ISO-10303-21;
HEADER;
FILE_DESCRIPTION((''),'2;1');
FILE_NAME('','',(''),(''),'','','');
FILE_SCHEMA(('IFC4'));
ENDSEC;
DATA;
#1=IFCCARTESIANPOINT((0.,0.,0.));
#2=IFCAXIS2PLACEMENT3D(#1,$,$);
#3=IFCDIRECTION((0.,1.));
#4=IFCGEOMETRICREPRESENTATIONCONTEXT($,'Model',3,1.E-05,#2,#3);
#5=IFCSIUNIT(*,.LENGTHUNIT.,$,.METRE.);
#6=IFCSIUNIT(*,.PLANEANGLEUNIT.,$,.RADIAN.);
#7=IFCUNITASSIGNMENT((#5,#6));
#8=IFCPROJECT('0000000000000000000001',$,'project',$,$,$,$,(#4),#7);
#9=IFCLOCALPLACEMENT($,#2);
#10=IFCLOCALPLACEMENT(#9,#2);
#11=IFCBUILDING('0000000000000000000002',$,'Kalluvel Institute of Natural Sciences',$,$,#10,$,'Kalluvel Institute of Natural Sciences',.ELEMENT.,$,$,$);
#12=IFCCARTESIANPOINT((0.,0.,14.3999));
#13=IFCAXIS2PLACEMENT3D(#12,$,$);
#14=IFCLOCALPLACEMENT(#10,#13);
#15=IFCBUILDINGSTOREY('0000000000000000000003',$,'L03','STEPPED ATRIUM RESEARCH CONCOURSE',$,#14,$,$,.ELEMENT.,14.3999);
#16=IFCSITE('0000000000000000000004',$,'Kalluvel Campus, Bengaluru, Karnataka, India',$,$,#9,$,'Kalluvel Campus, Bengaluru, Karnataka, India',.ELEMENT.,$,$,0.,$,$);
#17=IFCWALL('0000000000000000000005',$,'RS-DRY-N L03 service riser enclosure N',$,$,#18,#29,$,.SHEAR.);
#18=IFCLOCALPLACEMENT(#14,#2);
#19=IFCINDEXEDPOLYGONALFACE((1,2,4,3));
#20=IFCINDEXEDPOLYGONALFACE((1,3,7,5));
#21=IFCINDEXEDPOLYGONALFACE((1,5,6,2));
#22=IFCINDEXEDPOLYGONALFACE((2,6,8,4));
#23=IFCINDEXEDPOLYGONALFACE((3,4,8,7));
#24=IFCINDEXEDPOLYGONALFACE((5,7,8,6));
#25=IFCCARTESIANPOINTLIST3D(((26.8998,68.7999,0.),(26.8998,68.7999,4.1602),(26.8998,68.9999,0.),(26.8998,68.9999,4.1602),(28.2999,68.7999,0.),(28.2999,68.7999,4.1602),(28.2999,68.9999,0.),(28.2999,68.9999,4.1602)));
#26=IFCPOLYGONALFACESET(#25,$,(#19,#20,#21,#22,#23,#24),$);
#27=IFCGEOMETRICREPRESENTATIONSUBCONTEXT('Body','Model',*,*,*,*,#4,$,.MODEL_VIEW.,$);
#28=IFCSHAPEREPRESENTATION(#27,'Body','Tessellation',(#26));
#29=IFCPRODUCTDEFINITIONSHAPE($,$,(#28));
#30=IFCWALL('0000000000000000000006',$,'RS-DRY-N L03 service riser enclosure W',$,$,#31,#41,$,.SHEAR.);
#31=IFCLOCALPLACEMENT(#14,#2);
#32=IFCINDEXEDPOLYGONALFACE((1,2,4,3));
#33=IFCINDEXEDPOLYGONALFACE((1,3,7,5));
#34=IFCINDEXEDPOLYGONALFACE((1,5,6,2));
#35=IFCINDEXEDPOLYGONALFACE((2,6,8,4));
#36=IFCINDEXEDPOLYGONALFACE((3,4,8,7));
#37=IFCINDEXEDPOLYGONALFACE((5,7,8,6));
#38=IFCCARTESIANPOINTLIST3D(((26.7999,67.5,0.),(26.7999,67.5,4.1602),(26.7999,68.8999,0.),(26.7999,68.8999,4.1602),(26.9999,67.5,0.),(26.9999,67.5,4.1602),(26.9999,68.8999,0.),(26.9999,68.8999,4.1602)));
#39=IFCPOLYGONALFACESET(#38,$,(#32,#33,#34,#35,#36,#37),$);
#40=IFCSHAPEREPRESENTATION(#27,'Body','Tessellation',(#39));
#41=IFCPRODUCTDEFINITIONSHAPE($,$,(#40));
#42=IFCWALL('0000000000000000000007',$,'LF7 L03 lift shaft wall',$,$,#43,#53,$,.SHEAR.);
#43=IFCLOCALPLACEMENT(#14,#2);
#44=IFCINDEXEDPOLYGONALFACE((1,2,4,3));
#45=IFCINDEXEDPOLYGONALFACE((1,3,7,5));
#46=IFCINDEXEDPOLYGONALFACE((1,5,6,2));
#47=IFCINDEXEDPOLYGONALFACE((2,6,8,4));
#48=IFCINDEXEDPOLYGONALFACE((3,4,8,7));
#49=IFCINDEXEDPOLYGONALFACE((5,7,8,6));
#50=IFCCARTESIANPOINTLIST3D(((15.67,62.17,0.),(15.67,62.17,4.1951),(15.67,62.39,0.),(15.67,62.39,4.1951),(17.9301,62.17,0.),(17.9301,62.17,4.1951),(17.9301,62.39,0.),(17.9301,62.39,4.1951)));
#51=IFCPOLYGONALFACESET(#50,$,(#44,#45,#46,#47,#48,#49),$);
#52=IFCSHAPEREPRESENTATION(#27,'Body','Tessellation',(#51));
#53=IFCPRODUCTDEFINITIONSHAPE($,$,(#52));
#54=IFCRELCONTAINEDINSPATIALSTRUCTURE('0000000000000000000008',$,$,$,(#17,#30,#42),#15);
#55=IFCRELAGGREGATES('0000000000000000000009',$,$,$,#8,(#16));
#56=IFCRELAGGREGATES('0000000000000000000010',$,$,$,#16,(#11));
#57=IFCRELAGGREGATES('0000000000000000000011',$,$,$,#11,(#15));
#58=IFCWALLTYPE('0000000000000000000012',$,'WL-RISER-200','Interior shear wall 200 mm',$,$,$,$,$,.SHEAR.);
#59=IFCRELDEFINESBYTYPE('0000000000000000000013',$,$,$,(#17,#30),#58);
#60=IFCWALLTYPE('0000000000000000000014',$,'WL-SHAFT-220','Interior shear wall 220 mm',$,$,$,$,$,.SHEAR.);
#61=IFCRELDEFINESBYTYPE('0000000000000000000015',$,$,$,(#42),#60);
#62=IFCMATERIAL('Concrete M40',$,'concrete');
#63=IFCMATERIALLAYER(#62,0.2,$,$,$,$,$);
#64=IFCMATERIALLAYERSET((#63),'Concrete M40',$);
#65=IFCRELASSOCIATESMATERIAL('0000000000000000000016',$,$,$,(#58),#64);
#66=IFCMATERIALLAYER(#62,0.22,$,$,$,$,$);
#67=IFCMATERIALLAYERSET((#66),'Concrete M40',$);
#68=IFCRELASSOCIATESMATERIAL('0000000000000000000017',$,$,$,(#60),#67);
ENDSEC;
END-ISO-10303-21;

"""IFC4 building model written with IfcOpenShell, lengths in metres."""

from ifc_helpers import new_model, si_unit, direction, frame, frame_2d, origin, place, context, subcontext, project, spatial, rectangle, extrude, material, layer, layer_set, type_object, element, save


model = new_model("IFC4")

# Units and contexts
model_context = context("Model", 3, precision=1e-05, world=origin(), true_north=direction((0.0, 1.0)))
body_context = subcontext(model_context, "Body", "Model", "MODEL_VIEW")
ifc_project = project(units=[si_unit("LENGTHUNIT", "METRE"), si_unit("PLANEANGLEUNIT", "RADIAN")], contexts=[model_context])

# Site, building, storey
site_placement = place(None, origin())
site = spatial("IfcSite", under=ifc_project, at=site_placement, Name="Kalluvel Campus, Bengaluru, Karnataka, India", LongName="Kalluvel Campus, Bengaluru, Karnataka, India", CompositionType="ELEMENT", RefElevation=0.0)
building_placement = place(site_placement, origin())
building = spatial("IfcBuilding", under=site, at=building_placement, Name="Kalluvel Institute of Natural Sciences", LongName="Kalluvel Institute of Natural Sciences", CompositionType="ELEMENT")
storey_placement = place(building_placement, frame((0.0, 0.0, 14.3999)))
storey = spatial("IfcBuildingStorey", under=building, at=storey_placement, Name="L03", Description="STEPPED ATRIUM RESEARCH CONCOURSE", CompositionType="ELEMENT", Elevation=14.3999)

# Shared definitions
ifc_material_1 = material(Name="Concrete M40", Category="concrete")

# Walls
ifc_layer_1 = layer(ifc_material_1, 0.2)
ifc_layer_set_1 = layer_set([ifc_layer_1], Name="Concrete M40")
wall_type_1 = type_object("IfcWallType", Name="WL-RISER-200", Description="Interior shear wall 200 mm", PredefinedType="SHEAR", material=ifc_layer_set_1)
wall_1_placement = place(storey_placement, frame((28.3, 68.8999, 0.0), z_axis=(0.0, 0.0, 1.0), x_axis=(-1.0, 0.0, 0.0)))
element("IfcWall", 1, at=wall_1_placement, inside=storey, type_object=wall_type_1, Name="RS-DRY-N L03 service riser enclosure N", PredefinedType="SHEAR", context=body_context, shape_type="SweptSolid", body=[
    extrude(rectangle(XDim=1.4001, YDim=0.2, at=frame_2d((0.7002, 0.0))), origin(), (0.0, 0.0, 1.0), 4.1602),
])
wall_2_placement = place(storey_placement, frame((26.8999, 68.8999, 0.0), z_axis=(0.0, 0.0, 1.0), x_axis=(0.0, -1.0, 0.0)))
element("IfcWall", 2, at=wall_2_placement, inside=storey, type_object=wall_type_1, Name="RS-DRY-N L03 service riser enclosure W", PredefinedType="SHEAR", context=body_context, shape_type="SweptSolid", body=[
    extrude(rectangle(XDim=1.3999, YDim=0.2, at=frame_2d((0.7, 0.0))), origin(), (0.0, 0.0, 1.0), 4.1602),
])

# Shared definitions
ifc_layer_2 = layer(ifc_material_1, 0.22)
ifc_layer_set_2 = layer_set([ifc_layer_2], Name="Concrete M40")
wall_type_2 = type_object("IfcWallType", Name="WL-SHAFT-220", Description="Interior shear wall 220 mm", PredefinedType="SHEAR", material=ifc_layer_set_2)

# Wall
wall_3_placement = place(storey_placement, frame((17.9299, 62.28, 0.0), z_axis=(0.0, 0.0, 1.0), x_axis=(-1.0, 0.0, 0.0)))
element("IfcWall", 3, at=wall_3_placement, inside=storey, type_object=wall_type_2, Name="LF7 L03 lift shaft wall", PredefinedType="SHEAR", context=body_context, shape_type="SweptSolid", body=[
    extrude(rectangle(XDim=2.26, YDim=0.22, at=frame_2d((1.1299, 0.0))), origin(), (0.0, 0.0, 1.0), 4.1951),
])

save(model, "model.ifc")
